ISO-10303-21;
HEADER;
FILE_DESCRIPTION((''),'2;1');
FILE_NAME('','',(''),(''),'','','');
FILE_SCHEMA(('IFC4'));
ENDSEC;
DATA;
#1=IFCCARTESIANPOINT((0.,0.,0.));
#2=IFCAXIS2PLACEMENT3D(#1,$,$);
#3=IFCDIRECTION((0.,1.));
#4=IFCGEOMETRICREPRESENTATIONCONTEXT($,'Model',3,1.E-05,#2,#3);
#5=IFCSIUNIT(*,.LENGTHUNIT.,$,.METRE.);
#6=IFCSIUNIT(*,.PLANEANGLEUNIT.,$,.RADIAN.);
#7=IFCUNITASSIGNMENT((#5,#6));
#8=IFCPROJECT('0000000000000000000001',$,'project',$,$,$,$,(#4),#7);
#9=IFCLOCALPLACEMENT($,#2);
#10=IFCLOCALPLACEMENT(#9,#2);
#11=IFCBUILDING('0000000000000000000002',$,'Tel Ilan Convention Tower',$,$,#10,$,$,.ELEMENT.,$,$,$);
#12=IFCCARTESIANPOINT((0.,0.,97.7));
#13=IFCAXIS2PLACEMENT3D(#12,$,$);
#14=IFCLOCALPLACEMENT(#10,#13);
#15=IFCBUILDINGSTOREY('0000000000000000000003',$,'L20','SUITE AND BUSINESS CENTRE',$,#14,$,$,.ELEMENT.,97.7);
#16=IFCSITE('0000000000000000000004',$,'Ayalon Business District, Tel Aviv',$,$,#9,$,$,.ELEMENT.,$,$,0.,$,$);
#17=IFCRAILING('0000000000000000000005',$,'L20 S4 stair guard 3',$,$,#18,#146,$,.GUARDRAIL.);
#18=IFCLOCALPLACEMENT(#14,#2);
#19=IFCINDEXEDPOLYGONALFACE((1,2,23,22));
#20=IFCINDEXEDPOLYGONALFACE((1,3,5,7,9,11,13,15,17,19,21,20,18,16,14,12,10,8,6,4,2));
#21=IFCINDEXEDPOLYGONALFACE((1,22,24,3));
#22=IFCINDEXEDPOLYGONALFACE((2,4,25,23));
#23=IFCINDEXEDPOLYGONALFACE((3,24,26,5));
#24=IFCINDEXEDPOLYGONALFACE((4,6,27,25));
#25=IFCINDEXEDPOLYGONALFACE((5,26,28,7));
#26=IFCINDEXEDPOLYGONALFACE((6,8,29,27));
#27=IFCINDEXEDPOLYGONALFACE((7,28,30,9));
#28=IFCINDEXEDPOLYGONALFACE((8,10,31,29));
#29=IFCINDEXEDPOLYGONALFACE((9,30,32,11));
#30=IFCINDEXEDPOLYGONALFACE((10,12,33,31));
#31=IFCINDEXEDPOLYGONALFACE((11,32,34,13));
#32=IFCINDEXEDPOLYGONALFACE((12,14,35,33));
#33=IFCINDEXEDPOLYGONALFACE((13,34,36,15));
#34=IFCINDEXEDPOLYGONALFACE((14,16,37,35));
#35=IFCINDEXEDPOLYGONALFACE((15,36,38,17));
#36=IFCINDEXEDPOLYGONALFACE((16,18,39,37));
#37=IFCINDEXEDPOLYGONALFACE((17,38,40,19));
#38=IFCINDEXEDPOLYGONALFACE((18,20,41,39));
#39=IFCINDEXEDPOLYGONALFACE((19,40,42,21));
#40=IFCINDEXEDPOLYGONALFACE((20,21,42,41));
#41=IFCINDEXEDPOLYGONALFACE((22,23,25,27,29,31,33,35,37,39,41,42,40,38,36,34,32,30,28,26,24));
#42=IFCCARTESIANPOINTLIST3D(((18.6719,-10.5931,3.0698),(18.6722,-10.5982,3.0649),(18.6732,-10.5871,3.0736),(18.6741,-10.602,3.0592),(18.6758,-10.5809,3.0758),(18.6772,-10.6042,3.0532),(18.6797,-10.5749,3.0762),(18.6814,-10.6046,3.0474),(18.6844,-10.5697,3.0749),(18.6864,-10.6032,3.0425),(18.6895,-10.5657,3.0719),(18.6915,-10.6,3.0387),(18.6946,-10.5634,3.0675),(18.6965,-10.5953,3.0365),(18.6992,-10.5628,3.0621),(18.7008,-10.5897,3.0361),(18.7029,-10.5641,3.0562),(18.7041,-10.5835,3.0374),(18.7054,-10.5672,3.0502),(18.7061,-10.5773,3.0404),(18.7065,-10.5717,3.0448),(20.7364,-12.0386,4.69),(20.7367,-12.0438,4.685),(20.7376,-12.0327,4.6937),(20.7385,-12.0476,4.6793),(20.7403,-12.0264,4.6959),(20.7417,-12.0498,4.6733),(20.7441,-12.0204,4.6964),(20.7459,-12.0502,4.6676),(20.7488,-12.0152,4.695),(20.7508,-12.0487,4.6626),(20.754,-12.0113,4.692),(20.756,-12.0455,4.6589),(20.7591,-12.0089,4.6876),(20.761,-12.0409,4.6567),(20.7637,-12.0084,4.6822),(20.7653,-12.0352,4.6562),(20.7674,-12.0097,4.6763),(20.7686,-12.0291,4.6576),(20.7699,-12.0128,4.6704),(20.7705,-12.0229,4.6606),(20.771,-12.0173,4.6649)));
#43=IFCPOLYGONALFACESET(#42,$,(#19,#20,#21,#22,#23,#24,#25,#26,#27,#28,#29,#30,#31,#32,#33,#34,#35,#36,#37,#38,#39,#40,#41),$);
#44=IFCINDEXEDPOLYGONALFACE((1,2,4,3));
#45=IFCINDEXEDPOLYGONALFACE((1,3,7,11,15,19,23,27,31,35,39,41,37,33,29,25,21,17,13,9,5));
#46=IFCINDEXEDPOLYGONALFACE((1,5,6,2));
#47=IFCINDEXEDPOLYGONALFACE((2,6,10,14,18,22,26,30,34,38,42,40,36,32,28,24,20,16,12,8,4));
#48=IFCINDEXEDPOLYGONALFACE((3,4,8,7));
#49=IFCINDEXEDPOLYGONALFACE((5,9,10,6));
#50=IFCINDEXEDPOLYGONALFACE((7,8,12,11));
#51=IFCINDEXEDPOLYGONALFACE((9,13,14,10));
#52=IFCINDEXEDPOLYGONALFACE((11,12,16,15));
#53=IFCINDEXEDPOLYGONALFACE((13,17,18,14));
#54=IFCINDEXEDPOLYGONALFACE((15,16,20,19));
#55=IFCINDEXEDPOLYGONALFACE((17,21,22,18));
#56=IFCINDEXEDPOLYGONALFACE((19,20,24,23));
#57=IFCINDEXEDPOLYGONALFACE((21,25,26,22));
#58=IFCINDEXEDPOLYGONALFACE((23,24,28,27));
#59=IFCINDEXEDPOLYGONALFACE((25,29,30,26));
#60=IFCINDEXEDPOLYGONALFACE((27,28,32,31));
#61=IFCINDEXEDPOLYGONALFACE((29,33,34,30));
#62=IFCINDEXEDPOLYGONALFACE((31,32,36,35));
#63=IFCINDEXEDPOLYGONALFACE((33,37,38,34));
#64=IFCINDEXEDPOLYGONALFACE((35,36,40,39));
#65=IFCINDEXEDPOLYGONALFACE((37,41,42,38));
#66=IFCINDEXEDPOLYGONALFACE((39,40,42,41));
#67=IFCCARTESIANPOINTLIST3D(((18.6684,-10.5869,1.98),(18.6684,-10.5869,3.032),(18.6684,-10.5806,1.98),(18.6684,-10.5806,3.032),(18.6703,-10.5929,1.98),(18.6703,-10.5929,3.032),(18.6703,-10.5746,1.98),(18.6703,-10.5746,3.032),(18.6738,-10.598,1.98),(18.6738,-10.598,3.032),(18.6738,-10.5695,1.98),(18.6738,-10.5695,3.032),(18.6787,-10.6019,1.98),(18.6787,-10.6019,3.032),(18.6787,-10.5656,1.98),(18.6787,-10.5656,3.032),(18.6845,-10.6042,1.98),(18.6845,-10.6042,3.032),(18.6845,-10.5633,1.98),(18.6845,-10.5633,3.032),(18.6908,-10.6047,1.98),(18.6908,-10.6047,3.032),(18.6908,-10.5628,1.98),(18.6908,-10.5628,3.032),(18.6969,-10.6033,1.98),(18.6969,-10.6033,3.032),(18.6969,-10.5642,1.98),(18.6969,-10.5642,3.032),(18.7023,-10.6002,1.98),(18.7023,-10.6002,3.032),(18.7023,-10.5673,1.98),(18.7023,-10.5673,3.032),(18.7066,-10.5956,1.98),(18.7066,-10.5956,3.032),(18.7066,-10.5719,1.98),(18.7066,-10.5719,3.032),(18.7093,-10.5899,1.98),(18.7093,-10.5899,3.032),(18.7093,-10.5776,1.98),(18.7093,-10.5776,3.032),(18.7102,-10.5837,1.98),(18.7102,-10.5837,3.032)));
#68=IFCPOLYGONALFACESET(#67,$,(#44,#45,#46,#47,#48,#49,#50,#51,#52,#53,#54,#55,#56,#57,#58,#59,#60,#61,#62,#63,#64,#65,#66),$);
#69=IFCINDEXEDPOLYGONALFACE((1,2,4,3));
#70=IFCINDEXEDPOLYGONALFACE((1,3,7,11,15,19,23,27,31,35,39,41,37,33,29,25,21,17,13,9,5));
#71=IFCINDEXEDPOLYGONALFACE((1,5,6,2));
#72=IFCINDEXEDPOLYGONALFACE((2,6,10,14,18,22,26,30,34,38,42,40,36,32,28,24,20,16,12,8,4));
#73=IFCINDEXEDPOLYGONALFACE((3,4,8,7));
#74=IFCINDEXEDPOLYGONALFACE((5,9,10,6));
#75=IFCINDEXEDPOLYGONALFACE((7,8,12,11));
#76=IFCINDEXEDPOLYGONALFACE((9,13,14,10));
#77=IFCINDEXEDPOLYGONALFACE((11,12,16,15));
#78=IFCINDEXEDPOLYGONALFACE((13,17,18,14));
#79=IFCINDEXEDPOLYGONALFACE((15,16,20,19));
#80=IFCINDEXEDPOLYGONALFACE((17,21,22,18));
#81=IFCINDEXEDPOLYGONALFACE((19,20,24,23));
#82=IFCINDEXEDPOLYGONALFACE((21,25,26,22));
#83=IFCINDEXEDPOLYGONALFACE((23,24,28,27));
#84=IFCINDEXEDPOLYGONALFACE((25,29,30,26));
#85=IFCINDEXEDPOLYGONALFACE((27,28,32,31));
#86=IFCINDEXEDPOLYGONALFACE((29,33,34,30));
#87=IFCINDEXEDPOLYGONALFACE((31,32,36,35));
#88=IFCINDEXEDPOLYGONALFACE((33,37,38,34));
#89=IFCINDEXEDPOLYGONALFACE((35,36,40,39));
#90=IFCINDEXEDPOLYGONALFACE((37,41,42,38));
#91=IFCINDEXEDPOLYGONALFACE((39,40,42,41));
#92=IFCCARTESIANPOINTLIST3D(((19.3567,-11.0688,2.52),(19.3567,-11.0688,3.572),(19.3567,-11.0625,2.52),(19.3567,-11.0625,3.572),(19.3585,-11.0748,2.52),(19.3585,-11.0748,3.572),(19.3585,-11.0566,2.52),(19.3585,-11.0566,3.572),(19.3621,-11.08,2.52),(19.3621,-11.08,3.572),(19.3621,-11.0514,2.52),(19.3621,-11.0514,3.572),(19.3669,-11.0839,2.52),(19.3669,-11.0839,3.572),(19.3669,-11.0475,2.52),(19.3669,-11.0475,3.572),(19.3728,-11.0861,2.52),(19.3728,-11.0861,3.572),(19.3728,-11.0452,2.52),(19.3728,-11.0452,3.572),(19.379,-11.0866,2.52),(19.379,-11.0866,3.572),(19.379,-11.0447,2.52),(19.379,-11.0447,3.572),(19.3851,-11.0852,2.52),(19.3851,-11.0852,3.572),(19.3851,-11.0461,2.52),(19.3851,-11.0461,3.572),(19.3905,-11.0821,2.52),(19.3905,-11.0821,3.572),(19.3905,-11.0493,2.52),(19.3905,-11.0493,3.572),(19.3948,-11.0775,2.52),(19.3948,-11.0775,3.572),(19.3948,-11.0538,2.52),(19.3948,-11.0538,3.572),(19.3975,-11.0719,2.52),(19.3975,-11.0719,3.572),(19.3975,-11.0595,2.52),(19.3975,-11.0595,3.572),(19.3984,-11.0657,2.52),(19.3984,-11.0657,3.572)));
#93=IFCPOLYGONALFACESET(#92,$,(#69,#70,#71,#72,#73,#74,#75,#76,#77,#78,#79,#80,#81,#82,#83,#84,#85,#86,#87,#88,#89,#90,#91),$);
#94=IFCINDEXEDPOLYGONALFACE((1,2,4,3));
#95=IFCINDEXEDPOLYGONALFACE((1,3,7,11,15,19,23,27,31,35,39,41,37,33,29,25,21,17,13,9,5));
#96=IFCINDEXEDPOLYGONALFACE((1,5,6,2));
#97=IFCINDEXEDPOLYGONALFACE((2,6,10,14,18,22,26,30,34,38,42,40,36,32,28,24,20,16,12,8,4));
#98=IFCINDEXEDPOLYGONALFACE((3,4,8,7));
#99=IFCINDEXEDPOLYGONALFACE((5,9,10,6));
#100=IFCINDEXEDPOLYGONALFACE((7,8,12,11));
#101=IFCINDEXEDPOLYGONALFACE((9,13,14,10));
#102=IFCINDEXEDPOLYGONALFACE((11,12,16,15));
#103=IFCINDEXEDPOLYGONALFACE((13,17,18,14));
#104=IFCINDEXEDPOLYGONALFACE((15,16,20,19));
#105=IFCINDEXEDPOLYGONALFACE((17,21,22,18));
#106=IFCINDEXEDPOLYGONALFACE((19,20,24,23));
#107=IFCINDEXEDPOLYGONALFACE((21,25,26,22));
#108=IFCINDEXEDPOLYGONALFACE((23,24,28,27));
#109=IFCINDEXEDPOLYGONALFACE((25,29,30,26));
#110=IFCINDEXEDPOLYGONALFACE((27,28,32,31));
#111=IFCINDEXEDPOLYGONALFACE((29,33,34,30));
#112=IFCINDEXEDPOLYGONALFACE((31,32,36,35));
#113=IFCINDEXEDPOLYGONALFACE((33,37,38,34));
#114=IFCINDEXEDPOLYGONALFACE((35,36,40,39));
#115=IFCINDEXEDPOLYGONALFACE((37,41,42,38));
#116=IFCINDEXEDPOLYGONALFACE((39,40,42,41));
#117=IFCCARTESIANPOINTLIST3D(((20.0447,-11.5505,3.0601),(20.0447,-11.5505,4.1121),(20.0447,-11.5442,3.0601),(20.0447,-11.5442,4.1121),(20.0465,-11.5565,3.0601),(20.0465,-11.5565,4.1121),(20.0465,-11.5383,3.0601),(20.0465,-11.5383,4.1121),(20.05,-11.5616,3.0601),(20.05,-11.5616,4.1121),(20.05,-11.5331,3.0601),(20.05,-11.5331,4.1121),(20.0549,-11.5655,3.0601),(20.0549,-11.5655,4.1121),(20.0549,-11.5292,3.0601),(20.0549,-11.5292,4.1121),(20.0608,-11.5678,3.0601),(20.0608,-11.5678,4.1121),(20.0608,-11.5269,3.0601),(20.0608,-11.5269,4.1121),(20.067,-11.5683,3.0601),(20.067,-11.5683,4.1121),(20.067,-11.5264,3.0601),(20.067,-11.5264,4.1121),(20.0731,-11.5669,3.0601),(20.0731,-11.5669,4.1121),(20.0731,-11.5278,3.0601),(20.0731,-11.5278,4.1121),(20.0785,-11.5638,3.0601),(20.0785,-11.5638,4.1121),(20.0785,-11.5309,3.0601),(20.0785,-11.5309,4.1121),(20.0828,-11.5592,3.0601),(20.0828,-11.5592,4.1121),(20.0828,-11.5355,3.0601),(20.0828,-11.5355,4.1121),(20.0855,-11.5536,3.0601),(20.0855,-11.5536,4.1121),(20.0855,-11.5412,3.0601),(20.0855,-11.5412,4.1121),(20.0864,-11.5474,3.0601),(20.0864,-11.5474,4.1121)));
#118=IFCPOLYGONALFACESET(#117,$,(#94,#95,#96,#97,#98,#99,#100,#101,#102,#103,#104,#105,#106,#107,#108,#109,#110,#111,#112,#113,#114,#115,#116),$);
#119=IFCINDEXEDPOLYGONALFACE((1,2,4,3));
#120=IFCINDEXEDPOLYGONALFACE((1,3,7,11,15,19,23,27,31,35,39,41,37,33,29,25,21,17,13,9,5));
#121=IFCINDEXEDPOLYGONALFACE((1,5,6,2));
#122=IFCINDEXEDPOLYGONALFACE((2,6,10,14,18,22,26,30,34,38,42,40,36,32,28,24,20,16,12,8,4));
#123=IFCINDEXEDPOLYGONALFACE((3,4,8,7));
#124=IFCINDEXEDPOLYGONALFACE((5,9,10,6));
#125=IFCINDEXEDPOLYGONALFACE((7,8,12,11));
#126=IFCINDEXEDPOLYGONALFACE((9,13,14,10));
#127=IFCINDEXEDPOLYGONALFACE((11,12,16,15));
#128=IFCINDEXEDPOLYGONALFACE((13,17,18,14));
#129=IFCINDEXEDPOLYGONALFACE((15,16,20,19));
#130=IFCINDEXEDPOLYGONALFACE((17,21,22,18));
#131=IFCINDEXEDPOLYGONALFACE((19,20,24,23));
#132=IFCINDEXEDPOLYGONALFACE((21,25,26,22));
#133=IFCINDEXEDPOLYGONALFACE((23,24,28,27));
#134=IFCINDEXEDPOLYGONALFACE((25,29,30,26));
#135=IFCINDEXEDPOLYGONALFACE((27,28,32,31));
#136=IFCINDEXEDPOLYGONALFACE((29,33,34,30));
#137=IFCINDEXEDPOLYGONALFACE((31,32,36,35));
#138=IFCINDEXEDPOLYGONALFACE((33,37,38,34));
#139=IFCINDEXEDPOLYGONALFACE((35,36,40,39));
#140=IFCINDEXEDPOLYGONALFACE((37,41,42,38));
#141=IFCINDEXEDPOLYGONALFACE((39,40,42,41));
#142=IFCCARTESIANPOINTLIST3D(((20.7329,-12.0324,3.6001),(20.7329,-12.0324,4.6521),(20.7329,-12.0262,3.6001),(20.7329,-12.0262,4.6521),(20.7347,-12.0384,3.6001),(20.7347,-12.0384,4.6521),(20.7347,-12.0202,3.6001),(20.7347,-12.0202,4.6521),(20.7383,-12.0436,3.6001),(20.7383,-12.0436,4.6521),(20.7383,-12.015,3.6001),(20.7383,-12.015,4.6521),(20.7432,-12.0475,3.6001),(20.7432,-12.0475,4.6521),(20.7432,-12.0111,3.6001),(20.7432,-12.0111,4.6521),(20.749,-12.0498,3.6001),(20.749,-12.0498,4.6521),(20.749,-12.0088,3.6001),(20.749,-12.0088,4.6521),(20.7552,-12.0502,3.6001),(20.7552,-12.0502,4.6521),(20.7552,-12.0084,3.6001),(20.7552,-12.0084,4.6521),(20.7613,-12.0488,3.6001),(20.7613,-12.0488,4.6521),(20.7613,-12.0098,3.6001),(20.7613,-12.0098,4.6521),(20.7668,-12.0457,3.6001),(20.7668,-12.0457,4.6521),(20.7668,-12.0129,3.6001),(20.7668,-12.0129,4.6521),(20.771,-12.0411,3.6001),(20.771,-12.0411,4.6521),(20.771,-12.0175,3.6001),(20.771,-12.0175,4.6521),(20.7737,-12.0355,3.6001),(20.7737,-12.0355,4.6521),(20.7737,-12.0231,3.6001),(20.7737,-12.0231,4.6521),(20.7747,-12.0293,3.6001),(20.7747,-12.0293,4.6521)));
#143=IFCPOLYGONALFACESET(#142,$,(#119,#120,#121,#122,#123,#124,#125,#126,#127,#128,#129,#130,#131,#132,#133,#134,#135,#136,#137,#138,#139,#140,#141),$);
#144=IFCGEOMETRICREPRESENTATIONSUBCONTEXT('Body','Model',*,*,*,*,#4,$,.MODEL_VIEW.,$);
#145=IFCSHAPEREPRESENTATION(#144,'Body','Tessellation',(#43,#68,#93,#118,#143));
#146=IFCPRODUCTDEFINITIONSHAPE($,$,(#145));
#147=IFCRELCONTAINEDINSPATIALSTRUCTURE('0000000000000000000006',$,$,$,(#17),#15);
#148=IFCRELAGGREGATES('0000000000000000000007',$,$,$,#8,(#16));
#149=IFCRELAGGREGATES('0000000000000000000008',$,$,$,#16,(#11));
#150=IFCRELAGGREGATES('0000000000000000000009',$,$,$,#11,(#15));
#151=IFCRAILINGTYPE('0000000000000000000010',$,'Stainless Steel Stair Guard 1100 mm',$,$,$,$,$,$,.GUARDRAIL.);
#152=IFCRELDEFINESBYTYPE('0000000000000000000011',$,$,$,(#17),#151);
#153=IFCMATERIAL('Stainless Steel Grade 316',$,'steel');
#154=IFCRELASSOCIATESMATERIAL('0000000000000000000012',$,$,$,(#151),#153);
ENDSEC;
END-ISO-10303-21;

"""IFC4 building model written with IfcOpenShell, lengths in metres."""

from ifc_helpers import new_model, si_unit, direction, frame, origin, origin_2d, place, context, subcontext, project, spatial, circle, extrude, material, type_object, element, save


model = new_model("IFC4")

# Units and contexts
model_context = context("Model", 3, precision=1e-05, world=origin(), true_north=direction((0.0, 1.0)))
body_context = subcontext(model_context, "Body", "Model", "MODEL_VIEW")
ifc_project = project(units=[si_unit("LENGTHUNIT", "METRE"), si_unit("PLANEANGLEUNIT", "RADIAN")], contexts=[model_context])

# Site, building, storey
site_placement = place(None, origin())
site = spatial("IfcSite", under=ifc_project, at=site_placement, Name="Ayalon Business District, Tel Aviv", CompositionType="ELEMENT", RefElevation=0.0)
building_placement = place(site_placement, origin())
building = spatial("IfcBuilding", under=site, at=building_placement, Name="Tel Ilan Convention Tower", CompositionType="ELEMENT")
storey_placement = place(building_placement, frame((0.0, 0.0, 97.7)))
storey = spatial("IfcBuildingStorey", under=building, at=storey_placement, Name="L20", Description="SUITE AND BUSINESS CENTRE", CompositionType="ELEMENT", Elevation=97.7)

# Railing
ifc_material_1 = material(Name="Stainless Steel Grade 316", Category="steel")
railing_type_1 = type_object("IfcRailingType", Name="Stainless Steel Stair Guard 1100 mm", PredefinedType="GUARDRAIL", material=ifc_material_1)
railing_1_placement = place(storey_placement, frame((18.6892, -10.5837, 1.98)))
element("IfcRailing", 1, at=railing_1_placement, inside=storey, type_object=railing_type_1, Name="L20 S4 stair guard 3", PredefinedType="GUARDRAIL", context=body_context, shape_type="SweptSolid", body=[
    extrude(circle(Radius=0.0239, at=origin_2d()), frame((0.0, 0.0, 1.0762), z_axis=(0.689056, -0.482486, 0.540749), x_axis=(0.573579, 0.81915, 0.0)), (0.0, 0.0, 1.0), 2.9961),
    extrude(circle(Radius=0.021, at=origin_2d()), origin(), (0.0, 0.0, 1.0), 1.052),
    extrude(circle(Radius=0.021, at=origin_2d()), frame((0.6882, -0.4819, 0.54)), (0.0, 0.0, 1.0), 1.052),
    extrude(circle(Radius=0.021, at=origin_2d()), frame((1.3762, -0.9636, 1.0801)), (0.0, 0.0, 1.0), 1.052),
    extrude(circle(Radius=0.021, at=origin_2d()), frame((2.0645, -1.4456, 1.6201)), (0.0, 0.0, 1.0), 1.052),
])

save(model, "model.ifc")
